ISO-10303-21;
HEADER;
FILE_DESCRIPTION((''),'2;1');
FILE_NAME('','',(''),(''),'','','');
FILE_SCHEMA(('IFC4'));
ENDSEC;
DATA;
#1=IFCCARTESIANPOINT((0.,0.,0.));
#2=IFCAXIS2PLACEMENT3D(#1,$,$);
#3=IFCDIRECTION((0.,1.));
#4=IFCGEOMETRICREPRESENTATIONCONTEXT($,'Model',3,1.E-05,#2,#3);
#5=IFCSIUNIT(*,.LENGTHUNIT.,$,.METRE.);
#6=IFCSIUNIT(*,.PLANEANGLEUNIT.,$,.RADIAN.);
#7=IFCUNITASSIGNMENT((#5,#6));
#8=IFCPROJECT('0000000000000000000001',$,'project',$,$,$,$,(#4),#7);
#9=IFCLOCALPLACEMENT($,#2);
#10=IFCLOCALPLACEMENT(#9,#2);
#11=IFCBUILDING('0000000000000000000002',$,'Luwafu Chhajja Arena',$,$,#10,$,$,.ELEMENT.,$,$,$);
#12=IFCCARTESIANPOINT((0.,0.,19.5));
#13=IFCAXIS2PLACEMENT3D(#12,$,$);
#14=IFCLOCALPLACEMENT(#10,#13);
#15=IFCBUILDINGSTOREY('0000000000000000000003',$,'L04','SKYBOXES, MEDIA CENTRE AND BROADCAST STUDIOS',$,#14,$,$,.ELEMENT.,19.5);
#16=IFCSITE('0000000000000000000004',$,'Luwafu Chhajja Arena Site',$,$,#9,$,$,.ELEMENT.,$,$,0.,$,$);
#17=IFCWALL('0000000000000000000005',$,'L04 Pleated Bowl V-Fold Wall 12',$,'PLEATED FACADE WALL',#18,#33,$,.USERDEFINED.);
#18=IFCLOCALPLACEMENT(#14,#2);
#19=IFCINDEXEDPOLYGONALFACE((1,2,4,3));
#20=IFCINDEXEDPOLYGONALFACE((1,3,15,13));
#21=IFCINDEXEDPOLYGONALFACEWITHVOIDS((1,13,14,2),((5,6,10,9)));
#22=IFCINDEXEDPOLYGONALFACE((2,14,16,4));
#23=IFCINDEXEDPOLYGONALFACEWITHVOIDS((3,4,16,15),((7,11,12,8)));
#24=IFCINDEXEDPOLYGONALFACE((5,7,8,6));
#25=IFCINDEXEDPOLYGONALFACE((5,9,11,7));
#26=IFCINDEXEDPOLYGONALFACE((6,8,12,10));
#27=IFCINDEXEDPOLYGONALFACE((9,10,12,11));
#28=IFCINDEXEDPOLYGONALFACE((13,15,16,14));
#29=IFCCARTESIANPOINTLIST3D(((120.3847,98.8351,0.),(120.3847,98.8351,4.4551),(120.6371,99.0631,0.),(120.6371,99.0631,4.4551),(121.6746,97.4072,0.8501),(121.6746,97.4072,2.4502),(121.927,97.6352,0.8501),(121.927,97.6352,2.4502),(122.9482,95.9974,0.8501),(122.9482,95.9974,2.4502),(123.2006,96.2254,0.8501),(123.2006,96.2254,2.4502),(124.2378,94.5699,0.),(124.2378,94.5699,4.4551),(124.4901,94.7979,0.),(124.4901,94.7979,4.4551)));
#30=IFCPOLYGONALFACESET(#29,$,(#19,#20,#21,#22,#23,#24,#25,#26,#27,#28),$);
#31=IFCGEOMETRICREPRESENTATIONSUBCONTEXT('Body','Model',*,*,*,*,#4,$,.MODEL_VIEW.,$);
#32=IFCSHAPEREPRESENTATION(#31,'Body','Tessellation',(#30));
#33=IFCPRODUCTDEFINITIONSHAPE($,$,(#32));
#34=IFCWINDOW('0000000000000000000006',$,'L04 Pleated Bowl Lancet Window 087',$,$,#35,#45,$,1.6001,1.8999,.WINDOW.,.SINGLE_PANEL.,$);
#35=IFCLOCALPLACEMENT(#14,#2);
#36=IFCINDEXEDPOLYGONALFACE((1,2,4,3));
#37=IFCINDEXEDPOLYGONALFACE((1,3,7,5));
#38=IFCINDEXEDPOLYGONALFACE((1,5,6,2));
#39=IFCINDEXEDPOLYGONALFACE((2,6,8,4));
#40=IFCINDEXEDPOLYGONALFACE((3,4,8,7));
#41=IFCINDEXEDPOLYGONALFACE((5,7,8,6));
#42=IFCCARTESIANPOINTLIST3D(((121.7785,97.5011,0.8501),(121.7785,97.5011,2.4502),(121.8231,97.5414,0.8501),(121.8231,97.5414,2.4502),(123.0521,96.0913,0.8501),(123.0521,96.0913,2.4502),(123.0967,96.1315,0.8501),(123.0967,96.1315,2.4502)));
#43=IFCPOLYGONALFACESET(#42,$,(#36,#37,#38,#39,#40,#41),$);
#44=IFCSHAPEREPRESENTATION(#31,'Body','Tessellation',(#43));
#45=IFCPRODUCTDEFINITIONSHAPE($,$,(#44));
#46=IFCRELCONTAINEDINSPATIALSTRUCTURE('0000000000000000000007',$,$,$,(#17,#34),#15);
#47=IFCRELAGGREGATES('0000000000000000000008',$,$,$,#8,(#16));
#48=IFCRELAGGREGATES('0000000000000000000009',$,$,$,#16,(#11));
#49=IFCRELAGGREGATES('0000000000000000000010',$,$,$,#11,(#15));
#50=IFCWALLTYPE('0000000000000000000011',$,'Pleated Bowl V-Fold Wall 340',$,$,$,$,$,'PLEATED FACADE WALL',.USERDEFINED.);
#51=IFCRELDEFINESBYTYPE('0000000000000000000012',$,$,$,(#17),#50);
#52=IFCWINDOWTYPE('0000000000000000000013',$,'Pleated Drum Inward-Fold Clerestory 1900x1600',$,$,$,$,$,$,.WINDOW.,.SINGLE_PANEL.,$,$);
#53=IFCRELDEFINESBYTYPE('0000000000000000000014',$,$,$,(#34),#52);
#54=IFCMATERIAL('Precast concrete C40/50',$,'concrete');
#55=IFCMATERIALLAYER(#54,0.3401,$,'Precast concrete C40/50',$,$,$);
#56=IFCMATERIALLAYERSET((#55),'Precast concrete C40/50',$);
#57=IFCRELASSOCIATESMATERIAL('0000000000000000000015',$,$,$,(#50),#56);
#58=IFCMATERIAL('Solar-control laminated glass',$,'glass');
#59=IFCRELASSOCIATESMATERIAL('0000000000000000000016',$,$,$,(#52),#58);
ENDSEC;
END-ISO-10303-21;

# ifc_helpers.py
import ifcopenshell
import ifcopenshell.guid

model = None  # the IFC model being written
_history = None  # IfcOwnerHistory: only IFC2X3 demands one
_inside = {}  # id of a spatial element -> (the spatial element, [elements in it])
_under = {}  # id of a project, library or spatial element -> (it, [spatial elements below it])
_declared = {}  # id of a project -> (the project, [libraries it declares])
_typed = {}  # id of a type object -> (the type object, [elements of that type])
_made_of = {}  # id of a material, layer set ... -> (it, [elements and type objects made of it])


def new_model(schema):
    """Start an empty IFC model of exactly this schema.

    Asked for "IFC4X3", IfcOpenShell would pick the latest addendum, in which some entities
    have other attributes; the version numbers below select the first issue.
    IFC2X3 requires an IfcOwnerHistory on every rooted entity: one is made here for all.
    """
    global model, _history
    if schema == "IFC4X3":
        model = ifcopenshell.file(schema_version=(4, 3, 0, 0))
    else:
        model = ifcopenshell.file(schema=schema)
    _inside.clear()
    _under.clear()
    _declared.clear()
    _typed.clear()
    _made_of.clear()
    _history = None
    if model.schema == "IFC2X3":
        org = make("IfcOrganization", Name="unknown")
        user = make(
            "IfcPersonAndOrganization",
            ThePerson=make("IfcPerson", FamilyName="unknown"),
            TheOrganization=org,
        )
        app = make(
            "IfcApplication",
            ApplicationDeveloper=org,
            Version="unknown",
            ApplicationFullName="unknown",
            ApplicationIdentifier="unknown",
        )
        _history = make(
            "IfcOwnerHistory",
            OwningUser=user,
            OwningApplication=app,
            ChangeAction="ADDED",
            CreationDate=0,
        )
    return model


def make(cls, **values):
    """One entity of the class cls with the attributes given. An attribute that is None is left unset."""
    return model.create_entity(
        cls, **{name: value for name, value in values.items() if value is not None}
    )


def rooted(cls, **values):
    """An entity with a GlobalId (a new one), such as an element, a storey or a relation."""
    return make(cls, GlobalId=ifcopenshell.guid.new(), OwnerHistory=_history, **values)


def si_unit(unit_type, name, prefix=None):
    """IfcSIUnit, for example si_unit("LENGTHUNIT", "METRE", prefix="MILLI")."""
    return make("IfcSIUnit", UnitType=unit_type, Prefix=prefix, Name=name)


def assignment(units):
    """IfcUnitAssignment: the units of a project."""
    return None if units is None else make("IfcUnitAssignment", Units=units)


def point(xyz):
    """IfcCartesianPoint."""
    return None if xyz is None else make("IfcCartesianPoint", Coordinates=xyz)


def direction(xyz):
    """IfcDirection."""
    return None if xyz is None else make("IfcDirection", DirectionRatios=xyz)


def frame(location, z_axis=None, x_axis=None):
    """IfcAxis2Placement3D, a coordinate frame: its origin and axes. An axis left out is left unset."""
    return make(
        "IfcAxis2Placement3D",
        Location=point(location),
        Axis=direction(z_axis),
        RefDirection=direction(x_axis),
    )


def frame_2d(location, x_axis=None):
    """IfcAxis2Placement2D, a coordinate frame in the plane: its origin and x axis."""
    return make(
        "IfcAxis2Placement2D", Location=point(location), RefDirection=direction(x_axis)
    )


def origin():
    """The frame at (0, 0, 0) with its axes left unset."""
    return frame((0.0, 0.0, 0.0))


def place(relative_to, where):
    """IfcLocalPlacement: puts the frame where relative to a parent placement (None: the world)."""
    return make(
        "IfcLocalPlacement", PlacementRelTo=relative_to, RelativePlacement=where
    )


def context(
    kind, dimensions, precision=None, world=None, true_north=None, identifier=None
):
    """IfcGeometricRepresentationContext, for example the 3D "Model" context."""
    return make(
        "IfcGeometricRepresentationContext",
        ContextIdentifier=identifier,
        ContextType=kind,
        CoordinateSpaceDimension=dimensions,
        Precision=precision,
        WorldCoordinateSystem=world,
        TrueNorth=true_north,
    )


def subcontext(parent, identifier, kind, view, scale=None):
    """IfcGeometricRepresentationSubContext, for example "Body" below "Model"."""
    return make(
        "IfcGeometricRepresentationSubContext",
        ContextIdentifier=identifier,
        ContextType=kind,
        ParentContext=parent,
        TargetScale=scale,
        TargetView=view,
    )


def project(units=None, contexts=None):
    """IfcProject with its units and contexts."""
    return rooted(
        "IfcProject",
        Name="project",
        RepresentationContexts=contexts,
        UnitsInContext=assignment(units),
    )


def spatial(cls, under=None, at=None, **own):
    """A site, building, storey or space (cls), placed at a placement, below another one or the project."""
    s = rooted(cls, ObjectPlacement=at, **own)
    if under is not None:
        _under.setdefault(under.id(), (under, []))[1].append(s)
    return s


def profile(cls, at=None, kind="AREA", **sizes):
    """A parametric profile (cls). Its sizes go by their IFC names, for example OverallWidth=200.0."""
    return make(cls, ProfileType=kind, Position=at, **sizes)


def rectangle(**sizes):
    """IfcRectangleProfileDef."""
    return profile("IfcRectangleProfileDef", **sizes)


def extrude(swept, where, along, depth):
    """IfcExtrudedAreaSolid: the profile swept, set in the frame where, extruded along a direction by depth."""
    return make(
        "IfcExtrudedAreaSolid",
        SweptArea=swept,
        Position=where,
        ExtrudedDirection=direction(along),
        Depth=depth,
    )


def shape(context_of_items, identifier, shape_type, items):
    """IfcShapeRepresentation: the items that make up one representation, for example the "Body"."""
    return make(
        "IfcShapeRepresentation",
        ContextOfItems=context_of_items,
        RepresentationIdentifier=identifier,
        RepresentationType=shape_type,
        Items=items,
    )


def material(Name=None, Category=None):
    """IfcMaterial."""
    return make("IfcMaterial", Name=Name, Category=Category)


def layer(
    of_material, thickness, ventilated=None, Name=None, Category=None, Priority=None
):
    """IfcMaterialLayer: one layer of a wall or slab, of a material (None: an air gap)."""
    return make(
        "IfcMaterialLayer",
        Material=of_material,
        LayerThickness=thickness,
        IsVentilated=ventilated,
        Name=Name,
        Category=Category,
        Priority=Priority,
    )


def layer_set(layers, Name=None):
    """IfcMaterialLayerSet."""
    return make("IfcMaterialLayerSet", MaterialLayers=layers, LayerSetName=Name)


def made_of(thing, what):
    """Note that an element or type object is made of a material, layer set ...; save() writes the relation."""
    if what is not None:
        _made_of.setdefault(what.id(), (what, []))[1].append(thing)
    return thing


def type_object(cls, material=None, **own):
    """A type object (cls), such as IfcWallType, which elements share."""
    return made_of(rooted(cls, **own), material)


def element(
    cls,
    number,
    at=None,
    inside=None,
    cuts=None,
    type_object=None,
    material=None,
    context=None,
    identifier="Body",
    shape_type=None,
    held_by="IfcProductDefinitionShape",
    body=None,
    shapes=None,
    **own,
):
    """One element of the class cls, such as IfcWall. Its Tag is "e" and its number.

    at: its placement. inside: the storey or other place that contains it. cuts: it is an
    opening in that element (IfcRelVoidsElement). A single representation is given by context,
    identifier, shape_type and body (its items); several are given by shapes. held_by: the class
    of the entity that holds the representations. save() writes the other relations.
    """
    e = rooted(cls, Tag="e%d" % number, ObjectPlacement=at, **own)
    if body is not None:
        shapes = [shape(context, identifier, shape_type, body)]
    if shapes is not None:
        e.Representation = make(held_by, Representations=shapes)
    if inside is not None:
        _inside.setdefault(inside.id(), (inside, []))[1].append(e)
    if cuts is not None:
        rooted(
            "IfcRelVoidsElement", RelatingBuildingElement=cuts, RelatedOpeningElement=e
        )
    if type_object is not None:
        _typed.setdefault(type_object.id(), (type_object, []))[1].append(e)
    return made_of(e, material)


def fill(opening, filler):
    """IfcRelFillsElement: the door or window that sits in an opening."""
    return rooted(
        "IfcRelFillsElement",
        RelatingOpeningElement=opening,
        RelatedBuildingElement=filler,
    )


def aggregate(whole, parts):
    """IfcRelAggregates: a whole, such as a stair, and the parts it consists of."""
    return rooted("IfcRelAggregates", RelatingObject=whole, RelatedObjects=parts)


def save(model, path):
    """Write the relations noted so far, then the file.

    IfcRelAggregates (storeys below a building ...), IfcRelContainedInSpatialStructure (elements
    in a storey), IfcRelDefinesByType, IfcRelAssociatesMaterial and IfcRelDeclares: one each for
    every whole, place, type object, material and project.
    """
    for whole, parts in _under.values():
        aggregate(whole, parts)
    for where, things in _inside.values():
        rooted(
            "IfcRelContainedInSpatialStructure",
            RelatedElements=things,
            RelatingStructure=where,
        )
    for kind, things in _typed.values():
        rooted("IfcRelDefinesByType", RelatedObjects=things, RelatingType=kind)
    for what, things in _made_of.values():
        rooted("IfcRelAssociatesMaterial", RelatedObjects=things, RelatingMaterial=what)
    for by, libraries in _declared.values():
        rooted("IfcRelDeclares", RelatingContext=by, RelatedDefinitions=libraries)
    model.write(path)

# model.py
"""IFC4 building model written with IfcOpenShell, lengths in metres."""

from ifc_helpers import new_model, si_unit, direction, frame, frame_2d, origin, place, context, subcontext, project, spatial, rectangle, extrude, material, layer, layer_set, type_object, element, fill, save


model = new_model("IFC4")

# Units and contexts
model_context = context("Model", 3, precision=1e-05, world=origin(), true_north=direction((0.0, 1.0)))
body_context = subcontext(model_context, "Body", "Model", "MODEL_VIEW")
ifc_project = project(units=[si_unit("LENGTHUNIT", "METRE"), si_unit("PLANEANGLEUNIT", "RADIAN")], contexts=[model_context])

# Site, building, storey
site_placement = place(None, origin())
site = spatial("IfcSite", under=ifc_project, at=site_placement, Name="Luwafu Chhajja Arena Site", CompositionType="ELEMENT", RefElevation=0.0)
building_placement = place(site_placement, origin())
building = spatial("IfcBuilding", under=site, at=building_placement, Name="Luwafu Chhajja Arena", CompositionType="ELEMENT")
storey_placement = place(building_placement, frame((0.0, 0.0, 19.5)))
storey = spatial("IfcBuildingStorey", under=building, at=storey_placement, Name="L04", Description="SKYBOXES, MEDIA CENTRE AND BROADCAST STUDIOS", CompositionType="ELEMENT", Elevation=19.5)

# Shared definitions
ifc_material_1 = material(Name="Solar-control laminated glass", Category="glass")

# Wall, opening, window
ifc_material_2 = material(Name="Precast concrete C40/50", Category="concrete")
ifc_layer_1 = layer(ifc_material_2, 0.3401, Name="Precast concrete C40/50")
ifc_layer_set_1 = layer_set([ifc_layer_1], Name="Precast concrete C40/50")
wall_type_1 = type_object("IfcWallType", Name="Pleated Bowl V-Fold Wall 340", ElementType="PLEATED FACADE WALL", PredefinedType="USERDEFINED", material=ifc_layer_set_1)
wall_1_placement = place(storey_placement, frame((124.364, 94.6838, 0.0), z_axis=(0.0, 0.0, 1.0), x_axis=(-0.670348, 0.742047, 0.0)))
wall_1 = element("IfcWall", 1, at=wall_1_placement, inside=storey, type_object=wall_type_1, Name="L04 Pleated Bowl V-Fold Wall 12", ObjectType="PLEATED FACADE WALL", PredefinedType="USERDEFINED", context=body_context, shape_type="SweptSolid", body=[
    extrude(rectangle(XDim=5.7478, YDim=0.3401, at=frame_2d((2.874, 0.0))), origin(), (0.0, 0.0, 1.0), 4.4551),
])
opening_placement = place(wall_1_placement, frame((1.9238, 0.0, 0.8501)))
opening = element("IfcOpeningElement", 2, at=opening_placement, cuts=wall_1, PredefinedType="OPENING", context=body_context, shape_type="SweptSolid", body=[
    extrude(rectangle(XDim=1.8999, YDim=1.6001, at=frame_2d((0.95, 0.8))), frame((0.0, 0.1799, 0.0), z_axis=(0.0, -1.0, 0.0), x_axis=(1.0, 0.0, 0.0)), (0.0, 0.0, 1.0), 0.3601),
])
window_type = type_object("IfcWindowType", Name="Pleated Drum Inward-Fold Clerestory 1900x1600", PartitioningType="SINGLE_PANEL", PredefinedType="WINDOW", material=ifc_material_1)
window_placement = place(opening_placement, origin())
window = element("IfcWindow", 3, at=window_placement, inside=storey, type_object=window_type, Name="L04 Pleated Bowl Lancet Window 087", OverallHeight=1.6001, OverallWidth=1.8999, PartitioningType="SINGLE_PANEL", PredefinedType="WINDOW", context=body_context, shape_type="SweptSolid", body=[
    extrude(rectangle(XDim=1.8999, YDim=1.6001, at=frame_2d((0.95, 0.8))), frame((0.0, 0.03, 0.0), z_axis=(0.0, -1.0, 0.0), x_axis=(1.0, 0.0, 0.0)), (0.0, 0.0, 1.0), 0.0601),
])
fill(opening, window)

save(model, "model.ifc")
